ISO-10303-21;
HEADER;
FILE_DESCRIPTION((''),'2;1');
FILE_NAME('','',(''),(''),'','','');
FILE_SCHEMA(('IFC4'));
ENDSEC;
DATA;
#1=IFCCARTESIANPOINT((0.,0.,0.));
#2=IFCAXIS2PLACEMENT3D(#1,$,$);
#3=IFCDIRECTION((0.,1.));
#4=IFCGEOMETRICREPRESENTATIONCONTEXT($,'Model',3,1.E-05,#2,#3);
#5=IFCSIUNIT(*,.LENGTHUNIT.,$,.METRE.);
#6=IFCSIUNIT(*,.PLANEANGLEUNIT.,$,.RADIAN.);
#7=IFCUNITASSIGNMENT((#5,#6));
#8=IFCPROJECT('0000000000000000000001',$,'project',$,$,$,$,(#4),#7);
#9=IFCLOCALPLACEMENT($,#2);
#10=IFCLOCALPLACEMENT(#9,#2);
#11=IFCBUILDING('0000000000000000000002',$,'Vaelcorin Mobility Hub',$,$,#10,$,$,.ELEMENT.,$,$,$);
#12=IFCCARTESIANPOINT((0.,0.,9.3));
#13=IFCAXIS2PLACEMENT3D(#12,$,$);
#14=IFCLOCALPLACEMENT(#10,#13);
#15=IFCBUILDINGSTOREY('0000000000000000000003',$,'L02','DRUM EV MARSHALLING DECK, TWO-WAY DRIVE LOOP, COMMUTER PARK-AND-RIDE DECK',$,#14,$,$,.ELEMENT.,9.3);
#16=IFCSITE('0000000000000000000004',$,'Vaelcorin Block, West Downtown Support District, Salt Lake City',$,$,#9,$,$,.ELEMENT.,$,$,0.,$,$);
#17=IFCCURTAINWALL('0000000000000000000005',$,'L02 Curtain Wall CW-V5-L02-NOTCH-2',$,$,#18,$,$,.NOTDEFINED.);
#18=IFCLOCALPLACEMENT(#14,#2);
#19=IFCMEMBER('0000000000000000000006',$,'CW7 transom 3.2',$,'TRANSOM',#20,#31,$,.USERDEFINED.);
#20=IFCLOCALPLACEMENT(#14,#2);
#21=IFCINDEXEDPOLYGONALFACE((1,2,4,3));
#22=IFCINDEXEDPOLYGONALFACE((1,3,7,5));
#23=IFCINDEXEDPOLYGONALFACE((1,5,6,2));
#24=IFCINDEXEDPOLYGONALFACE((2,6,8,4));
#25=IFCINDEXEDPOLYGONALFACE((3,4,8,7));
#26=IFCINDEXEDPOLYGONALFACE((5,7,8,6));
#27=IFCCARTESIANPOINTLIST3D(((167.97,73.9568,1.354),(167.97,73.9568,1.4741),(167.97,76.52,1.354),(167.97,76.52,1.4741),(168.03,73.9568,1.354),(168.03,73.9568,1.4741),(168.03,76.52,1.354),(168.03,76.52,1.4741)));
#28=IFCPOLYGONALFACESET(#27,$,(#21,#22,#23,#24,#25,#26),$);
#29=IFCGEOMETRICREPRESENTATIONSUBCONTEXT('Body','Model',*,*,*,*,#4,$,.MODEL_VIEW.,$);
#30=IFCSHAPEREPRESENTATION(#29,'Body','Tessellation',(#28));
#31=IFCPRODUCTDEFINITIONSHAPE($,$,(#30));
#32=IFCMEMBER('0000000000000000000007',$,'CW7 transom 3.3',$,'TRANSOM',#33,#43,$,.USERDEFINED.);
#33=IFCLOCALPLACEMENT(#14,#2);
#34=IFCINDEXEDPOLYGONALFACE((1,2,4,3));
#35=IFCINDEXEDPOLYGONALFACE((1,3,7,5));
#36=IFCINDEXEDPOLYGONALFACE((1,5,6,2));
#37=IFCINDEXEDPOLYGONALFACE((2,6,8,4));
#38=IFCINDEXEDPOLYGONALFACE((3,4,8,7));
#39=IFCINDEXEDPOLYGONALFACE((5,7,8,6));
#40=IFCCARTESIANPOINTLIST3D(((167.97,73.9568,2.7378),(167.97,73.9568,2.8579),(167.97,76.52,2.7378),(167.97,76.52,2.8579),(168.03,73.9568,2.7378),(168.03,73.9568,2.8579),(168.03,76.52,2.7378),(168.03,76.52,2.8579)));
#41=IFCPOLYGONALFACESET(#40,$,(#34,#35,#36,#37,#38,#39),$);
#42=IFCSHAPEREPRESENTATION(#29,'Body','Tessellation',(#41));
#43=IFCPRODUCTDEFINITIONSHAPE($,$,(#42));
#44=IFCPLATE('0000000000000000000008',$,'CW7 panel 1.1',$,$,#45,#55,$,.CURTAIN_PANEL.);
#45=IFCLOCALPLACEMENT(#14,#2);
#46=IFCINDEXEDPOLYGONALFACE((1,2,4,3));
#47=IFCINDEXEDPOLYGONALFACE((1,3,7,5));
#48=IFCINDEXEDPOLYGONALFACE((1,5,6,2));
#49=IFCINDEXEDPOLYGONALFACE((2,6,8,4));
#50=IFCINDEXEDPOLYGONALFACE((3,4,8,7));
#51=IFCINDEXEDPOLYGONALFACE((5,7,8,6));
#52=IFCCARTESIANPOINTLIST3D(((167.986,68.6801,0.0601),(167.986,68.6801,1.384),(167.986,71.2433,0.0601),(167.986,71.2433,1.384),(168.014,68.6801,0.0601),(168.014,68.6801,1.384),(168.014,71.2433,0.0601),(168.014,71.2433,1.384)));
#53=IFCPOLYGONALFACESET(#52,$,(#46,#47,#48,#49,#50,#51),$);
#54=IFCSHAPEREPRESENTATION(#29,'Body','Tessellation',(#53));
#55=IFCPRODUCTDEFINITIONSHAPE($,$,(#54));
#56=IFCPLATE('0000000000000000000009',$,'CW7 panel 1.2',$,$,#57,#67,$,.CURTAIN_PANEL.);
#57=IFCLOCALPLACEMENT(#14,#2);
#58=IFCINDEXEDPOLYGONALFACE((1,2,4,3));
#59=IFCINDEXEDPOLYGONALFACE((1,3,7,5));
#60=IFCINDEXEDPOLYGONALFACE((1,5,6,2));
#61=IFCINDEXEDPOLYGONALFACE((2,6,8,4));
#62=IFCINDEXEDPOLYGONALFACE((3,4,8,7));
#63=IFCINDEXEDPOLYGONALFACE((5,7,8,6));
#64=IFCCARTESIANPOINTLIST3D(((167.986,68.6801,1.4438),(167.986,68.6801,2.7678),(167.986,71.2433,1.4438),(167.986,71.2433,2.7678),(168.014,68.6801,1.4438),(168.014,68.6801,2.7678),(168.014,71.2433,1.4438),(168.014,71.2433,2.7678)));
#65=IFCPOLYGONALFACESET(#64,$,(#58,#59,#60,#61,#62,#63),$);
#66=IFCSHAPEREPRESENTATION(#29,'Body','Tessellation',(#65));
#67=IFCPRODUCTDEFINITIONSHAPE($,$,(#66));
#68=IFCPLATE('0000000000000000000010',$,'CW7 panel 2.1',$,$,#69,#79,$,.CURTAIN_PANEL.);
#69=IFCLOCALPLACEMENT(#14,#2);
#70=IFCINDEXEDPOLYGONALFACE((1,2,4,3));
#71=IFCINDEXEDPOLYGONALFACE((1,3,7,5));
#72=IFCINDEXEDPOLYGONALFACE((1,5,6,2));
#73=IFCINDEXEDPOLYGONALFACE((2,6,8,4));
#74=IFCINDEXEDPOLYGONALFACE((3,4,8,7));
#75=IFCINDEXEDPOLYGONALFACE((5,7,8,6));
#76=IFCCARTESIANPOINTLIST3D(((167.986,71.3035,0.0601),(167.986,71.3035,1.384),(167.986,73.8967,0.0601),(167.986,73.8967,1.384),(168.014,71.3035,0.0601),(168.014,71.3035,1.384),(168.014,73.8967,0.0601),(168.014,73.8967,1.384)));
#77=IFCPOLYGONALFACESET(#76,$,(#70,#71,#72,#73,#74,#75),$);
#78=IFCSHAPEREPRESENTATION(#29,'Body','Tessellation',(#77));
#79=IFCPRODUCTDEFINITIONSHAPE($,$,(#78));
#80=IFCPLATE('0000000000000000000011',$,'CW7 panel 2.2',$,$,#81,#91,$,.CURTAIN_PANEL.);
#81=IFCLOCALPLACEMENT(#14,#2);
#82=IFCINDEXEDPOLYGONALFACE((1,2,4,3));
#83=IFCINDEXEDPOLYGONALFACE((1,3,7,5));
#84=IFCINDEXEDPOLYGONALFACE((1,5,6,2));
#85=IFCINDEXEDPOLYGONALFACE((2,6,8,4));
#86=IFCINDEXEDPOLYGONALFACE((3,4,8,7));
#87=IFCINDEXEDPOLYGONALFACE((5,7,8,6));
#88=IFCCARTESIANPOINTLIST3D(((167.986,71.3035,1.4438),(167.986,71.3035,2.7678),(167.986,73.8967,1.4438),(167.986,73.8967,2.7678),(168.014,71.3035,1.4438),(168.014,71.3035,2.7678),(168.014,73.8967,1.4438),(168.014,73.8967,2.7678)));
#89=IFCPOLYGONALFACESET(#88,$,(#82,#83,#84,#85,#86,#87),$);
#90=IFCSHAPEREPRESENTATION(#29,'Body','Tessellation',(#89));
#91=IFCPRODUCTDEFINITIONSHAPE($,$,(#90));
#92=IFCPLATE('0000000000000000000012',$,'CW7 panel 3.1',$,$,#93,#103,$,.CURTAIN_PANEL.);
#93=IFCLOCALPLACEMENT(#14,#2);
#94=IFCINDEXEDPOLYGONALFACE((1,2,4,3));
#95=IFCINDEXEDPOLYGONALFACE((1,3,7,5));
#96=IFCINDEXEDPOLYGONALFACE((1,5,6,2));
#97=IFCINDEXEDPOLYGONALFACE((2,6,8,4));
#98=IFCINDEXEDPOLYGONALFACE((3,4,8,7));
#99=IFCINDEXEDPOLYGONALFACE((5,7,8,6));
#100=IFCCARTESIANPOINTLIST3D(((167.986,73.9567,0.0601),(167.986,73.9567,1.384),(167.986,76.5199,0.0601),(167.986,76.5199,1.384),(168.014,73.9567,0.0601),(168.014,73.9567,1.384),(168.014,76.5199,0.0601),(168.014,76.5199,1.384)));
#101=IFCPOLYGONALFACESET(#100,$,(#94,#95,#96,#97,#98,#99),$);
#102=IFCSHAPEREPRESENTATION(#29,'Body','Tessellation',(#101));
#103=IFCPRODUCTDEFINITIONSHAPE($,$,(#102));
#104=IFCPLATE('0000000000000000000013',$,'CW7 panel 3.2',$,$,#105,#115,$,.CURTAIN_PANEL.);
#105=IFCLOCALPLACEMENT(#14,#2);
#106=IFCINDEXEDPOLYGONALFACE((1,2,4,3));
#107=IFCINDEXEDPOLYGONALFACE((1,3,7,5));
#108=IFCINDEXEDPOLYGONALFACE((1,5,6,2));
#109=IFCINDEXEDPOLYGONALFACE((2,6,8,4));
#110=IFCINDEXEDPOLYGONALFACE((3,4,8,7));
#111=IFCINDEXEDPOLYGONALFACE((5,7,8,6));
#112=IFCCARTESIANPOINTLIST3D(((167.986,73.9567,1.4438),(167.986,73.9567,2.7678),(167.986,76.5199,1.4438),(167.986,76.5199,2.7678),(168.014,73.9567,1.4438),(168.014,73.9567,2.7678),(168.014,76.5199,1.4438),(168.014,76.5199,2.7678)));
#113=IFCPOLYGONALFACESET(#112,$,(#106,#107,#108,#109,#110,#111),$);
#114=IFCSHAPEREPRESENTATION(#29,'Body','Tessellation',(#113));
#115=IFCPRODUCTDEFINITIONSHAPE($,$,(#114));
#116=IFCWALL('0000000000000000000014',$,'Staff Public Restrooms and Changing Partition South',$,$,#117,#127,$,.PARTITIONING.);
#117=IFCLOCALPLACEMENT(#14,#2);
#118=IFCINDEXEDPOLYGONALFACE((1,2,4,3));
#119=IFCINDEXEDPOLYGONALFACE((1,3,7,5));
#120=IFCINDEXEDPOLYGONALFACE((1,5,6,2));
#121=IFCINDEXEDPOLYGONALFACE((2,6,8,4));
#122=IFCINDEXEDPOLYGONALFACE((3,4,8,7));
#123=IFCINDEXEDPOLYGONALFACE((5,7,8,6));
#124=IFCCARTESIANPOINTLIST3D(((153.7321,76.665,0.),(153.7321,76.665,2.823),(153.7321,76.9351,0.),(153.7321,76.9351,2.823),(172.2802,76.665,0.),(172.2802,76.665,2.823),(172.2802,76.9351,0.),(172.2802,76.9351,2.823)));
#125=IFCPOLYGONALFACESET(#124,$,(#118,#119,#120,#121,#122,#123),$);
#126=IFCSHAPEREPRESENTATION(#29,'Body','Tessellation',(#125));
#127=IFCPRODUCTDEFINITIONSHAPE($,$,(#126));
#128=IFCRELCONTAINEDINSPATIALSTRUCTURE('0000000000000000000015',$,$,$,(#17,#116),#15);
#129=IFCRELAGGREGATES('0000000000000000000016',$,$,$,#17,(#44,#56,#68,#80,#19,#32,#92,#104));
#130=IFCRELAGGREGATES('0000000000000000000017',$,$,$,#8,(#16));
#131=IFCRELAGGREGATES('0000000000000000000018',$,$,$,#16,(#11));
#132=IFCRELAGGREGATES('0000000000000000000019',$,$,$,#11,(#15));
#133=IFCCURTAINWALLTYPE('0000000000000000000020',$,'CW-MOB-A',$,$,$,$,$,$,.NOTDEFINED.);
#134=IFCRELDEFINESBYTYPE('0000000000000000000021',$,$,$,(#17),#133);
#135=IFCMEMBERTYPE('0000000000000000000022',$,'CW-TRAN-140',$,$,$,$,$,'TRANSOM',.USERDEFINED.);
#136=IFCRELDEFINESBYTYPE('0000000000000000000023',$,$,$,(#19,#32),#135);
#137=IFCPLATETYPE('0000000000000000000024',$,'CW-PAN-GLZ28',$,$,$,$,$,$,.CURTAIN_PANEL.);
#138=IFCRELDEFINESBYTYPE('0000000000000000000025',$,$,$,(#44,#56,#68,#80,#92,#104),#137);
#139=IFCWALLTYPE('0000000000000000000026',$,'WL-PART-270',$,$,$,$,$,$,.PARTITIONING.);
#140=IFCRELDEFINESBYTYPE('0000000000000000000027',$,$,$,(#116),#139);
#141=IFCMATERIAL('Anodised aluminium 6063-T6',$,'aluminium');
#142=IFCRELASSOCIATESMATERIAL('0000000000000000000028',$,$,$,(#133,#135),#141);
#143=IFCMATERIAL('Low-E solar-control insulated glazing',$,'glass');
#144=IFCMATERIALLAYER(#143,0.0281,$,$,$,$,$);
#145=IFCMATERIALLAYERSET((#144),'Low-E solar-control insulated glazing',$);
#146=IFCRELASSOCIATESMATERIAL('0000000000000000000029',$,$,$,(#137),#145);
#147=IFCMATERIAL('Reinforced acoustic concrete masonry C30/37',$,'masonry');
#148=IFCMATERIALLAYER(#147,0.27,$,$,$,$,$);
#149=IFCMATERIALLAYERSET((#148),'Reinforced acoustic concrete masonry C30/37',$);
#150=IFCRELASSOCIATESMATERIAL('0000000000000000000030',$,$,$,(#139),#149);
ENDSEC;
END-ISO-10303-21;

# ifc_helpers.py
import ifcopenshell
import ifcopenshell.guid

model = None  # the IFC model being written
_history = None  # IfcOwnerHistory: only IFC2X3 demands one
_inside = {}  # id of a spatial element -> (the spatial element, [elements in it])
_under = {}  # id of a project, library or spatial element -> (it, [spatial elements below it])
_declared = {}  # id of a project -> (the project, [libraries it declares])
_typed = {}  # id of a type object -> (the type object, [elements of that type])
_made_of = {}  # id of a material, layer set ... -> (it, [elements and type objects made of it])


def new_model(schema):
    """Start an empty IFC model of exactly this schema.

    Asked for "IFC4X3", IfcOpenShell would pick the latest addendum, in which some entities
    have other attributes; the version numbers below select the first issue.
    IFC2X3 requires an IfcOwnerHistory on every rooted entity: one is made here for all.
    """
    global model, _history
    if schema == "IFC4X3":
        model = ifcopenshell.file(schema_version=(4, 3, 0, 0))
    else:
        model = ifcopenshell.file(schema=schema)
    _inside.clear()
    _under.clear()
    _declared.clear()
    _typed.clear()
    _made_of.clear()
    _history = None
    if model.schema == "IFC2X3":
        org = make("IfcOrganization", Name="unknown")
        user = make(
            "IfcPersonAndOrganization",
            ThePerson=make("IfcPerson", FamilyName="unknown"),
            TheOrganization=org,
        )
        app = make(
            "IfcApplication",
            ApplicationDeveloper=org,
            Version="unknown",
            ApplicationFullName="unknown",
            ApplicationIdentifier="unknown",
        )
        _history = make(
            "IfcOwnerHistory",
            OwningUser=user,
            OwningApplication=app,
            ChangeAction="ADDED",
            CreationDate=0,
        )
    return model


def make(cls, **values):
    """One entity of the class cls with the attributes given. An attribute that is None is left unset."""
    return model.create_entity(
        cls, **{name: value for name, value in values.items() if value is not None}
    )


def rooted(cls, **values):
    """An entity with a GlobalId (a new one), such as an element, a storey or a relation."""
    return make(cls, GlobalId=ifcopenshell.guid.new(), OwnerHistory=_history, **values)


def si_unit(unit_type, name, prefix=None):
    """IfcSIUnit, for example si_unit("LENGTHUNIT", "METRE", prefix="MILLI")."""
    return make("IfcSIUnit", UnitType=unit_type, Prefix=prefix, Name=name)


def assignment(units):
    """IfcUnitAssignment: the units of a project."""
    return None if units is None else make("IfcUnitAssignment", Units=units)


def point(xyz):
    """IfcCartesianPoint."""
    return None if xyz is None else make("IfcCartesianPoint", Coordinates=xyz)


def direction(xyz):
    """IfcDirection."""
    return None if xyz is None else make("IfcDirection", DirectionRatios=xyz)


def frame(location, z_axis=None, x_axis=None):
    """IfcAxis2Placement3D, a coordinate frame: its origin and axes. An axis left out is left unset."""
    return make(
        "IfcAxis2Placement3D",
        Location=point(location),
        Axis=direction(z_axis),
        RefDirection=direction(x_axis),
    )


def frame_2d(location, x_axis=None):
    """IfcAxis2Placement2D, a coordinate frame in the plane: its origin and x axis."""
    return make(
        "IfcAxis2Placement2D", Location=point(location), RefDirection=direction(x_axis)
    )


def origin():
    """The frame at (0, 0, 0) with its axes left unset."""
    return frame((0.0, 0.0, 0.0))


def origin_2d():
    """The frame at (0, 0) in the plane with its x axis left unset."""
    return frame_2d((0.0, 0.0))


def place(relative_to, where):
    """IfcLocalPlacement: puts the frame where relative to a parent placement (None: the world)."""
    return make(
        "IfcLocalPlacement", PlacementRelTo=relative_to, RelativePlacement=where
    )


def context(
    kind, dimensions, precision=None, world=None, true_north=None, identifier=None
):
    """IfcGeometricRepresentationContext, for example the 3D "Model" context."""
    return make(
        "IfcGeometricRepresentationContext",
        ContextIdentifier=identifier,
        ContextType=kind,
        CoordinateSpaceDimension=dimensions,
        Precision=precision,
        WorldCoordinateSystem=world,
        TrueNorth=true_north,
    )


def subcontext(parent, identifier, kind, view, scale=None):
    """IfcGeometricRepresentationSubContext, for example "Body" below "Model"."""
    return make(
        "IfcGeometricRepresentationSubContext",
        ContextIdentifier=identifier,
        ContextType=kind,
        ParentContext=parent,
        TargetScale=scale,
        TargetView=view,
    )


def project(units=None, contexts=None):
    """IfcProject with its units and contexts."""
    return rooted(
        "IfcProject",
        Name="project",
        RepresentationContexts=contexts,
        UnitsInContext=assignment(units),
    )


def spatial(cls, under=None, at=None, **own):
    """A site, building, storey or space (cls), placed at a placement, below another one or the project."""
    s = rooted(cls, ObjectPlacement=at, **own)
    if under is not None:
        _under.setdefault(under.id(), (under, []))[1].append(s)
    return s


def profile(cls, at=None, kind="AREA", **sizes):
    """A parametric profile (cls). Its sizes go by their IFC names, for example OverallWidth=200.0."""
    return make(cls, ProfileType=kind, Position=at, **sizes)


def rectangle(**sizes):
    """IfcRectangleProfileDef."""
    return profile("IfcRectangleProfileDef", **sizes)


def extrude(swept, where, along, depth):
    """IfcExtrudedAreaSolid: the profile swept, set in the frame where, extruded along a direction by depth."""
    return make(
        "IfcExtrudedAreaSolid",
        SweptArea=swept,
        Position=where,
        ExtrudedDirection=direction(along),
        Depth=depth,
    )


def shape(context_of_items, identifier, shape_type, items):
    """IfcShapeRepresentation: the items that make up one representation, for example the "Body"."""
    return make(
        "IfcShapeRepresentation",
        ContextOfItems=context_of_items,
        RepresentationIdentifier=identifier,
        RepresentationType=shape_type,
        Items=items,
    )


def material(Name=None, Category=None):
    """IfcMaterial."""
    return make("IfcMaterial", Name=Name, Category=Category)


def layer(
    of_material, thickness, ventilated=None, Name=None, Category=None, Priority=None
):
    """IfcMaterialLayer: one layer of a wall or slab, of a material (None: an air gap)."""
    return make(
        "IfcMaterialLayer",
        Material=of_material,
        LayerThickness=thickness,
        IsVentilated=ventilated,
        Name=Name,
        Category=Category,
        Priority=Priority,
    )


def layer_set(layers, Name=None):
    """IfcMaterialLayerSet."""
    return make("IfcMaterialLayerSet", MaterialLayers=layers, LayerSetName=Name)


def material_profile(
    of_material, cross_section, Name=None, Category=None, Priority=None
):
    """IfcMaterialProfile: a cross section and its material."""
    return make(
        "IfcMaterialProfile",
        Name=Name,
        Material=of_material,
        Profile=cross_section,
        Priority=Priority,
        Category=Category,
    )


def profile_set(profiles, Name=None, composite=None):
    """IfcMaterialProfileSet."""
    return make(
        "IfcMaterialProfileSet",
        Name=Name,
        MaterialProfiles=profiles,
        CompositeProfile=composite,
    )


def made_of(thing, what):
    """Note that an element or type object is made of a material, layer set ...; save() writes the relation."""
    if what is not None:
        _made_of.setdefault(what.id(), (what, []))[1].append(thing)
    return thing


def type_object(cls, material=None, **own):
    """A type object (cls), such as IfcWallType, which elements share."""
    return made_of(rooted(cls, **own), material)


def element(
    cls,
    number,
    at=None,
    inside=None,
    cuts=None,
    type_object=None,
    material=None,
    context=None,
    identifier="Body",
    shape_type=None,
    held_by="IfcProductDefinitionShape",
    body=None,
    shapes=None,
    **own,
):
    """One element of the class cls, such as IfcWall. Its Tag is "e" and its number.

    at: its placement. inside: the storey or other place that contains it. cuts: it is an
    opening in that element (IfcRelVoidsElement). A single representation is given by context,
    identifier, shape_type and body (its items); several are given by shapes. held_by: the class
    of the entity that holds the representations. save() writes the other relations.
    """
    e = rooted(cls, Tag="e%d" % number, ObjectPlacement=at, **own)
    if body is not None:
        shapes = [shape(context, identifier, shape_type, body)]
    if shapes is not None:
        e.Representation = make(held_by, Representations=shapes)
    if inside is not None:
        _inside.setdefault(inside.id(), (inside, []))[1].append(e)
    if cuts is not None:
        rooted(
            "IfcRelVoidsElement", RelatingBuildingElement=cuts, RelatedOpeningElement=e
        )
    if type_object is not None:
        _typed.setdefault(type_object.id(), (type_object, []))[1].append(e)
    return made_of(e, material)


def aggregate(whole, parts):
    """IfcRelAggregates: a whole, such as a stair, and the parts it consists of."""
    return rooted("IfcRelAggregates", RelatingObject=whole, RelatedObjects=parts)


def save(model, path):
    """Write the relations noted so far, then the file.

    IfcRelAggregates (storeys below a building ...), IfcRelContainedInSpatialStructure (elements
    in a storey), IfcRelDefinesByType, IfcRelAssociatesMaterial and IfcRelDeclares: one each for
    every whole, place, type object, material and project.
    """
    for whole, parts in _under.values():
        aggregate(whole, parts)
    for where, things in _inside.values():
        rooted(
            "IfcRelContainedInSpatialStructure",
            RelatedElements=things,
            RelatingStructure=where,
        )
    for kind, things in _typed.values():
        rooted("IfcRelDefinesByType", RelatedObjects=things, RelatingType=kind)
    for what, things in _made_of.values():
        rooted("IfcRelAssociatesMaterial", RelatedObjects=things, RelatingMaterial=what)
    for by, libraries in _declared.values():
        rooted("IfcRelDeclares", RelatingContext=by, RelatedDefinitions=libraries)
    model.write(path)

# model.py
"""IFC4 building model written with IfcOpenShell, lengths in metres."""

from ifc_helpers import new_model, si_unit, direction, frame, frame_2d, origin, origin_2d, place, context, subcontext, project, spatial, rectangle, extrude, material, layer, layer_set, material_profile, profile_set, type_object, element, aggregate, save


model = new_model("IFC4")

# Units and contexts
model_context = context("Model", 3, precision=1e-05, world=origin(), true_north=direction((0.0, 1.0)))
body_context = subcontext(model_context, "Body", "Model", "MODEL_VIEW")
ifc_project = project(units=[si_unit("LENGTHUNIT", "METRE"), si_unit("PLANEANGLEUNIT", "RADIAN")], contexts=[model_context])

# Site, building, storey
site_placement = place(None, origin())
site = spatial("IfcSite", under=ifc_project, at=site_placement, Name="Vaelcorin Block, West Downtown Support District, Salt Lake City", CompositionType="ELEMENT", RefElevation=0.0)
building_placement = place(site_placement, origin())
building = spatial("IfcBuilding", under=site, at=building_placement, Name="Vaelcorin Mobility Hub", CompositionType="ELEMENT")
storey_placement = place(building_placement, frame((0.0, 0.0, 9.3)))
storey = spatial("IfcBuildingStorey", under=building, at=storey_placement, Name="L02", Description="DRUM EV MARSHALLING DECK, TWO-WAY DRIVE LOOP, COMMUTER PARK-AND-RIDE DECK", CompositionType="ELEMENT", Elevation=9.3)

# Curtain wall, members, plates
ifc_material_1 = material(Name="Anodised aluminium 6063-T6", Category="aluminium")
curtain_wall_type = type_object("IfcCurtainWallType", Name="CW-MOB-A", PredefinedType="NOTDEFINED", material=ifc_material_1)
curtain_wall_placement = place(storey_placement, origin())
curtain_wall = element("IfcCurtainWall", 1, at=curtain_wall_placement, inside=storey, type_object=curtain_wall_type, Name="L02 Curtain Wall CW-V5-L02-NOTCH-2", PredefinedType="NOTDEFINED")
ifc_material_profile_1 = material_profile(ifc_material_1, rectangle(XDim=0.0601, YDim=0.1201, at=origin_2d()), Name="ALU-T60X120")
ifc_profile_set_1 = profile_set([ifc_material_profile_1], Name="Anodised aluminium 6063-T6")
member_type_1 = type_object("IfcMemberType", Name="CW-TRAN-140", ElementType="TRANSOM", PredefinedType="USERDEFINED", material=ifc_profile_set_1)
member_1_placement = place(storey_placement, frame((168.0, 73.9568, 1.4141), z_axis=(0.0, 1.0, 0.0), x_axis=(-1.0, 0.0, 0.0)))
member_1 = element("IfcMember", 2, at=member_1_placement, type_object=member_type_1, Name="CW7 transom 3.2", ObjectType="TRANSOM", PredefinedType="USERDEFINED", context=body_context, shape_type="SweptSolid", body=[
    extrude(rectangle(XDim=0.0601, YDim=0.1201, at=origin_2d()), origin(), (0.0, 0.0, 1.0), 2.5632),
])
member_2_placement = place(storey_placement, frame((168.0, 73.9568, 2.7979), z_axis=(0.0, 1.0, 0.0), x_axis=(-1.0, 0.0, 0.0)))
member_2 = element("IfcMember", 3, at=member_2_placement, type_object=member_type_1, Name="CW7 transom 3.3", ObjectType="TRANSOM", PredefinedType="USERDEFINED", context=body_context, shape_type="SweptSolid", body=[
    extrude(rectangle(XDim=0.0601, YDim=0.1201, at=origin_2d()), origin(), (0.0, 0.0, 1.0), 2.5632),
])
ifc_material_2 = material(Name="Low-E solar-control insulated glazing", Category="glass")
ifc_layer_1 = layer(ifc_material_2, 0.0281)
ifc_layer_set_1 = layer_set([ifc_layer_1], Name="Low-E solar-control insulated glazing")
plate_type = type_object("IfcPlateType", Name="CW-PAN-GLZ28", PredefinedType="CURTAIN_PANEL", material=ifc_layer_set_1)
plate_1_placement = place(storey_placement, frame((168.0, 69.9617, 0.0601), z_axis=(0.0, 0.0, 1.0), x_axis=(0.0, 1.0, 0.0)))
plate_1 = element("IfcPlate", 4, at=plate_1_placement, type_object=plate_type, Name="CW7 panel 1.1", PredefinedType="CURTAIN_PANEL", context=body_context, shape_type="SweptSolid", body=[
    extrude(rectangle(XDim=2.5632, YDim=0.0281, at=origin_2d()), origin(), (0.0, 0.0, 1.0), 1.324),
])
plate_2_placement = place(storey_placement, frame((168.0, 69.9617, 1.4438), z_axis=(0.0, 0.0, 1.0), x_axis=(0.0, 1.0, 0.0)))
plate_2 = element("IfcPlate", 5, at=plate_2_placement, type_object=plate_type, Name="CW7 panel 1.2", PredefinedType="CURTAIN_PANEL", context=body_context, shape_type="SweptSolid", body=[
    extrude(rectangle(XDim=2.5632, YDim=0.0281, at=origin_2d()), origin(), (0.0, 0.0, 1.0), 1.324),
])
plate_3_placement = place(storey_placement, frame((168.0, 72.6001, 0.0601), z_axis=(0.0, 0.0, 1.0), x_axis=(0.0, 1.0, 0.0)))
plate_3 = element("IfcPlate", 6, at=plate_3_placement, type_object=plate_type, Name="CW7 panel 2.1", PredefinedType="CURTAIN_PANEL", context=body_context, shape_type="SweptSolid", body=[
    extrude(rectangle(XDim=2.5933, YDim=0.0281, at=origin_2d()), origin(), (0.0, 0.0, 1.0), 1.324),
])
plate_4_placement = place(storey_placement, frame((168.0, 72.6001, 1.4438), z_axis=(0.0, 0.0, 1.0), x_axis=(0.0, 1.0, 0.0)))
plate_4 = element("IfcPlate", 7, at=plate_4_placement, type_object=plate_type, Name="CW7 panel 2.2", PredefinedType="CURTAIN_PANEL", context=body_context, shape_type="SweptSolid", body=[
    extrude(rectangle(XDim=2.5933, YDim=0.0281, at=origin_2d()), origin(), (0.0, 0.0, 1.0), 1.324),
])
plate_5_placement = place(storey_placement, frame((168.0, 75.2383, 0.0601), z_axis=(0.0, 0.0, 1.0), x_axis=(0.0, 1.0, 0.0)))
plate_5 = element("IfcPlate", 8, at=plate_5_placement, type_object=plate_type, Name="CW7 panel 3.1", PredefinedType="CURTAIN_PANEL", context=body_context, shape_type="SweptSolid", body=[
    extrude(rectangle(XDim=2.5632, YDim=0.0281, at=origin_2d()), origin(), (0.0, 0.0, 1.0), 1.324),
])
plate_6_placement = place(storey_placement, frame((168.0, 75.2383, 1.4438), z_axis=(0.0, 0.0, 1.0), x_axis=(0.0, 1.0, 0.0)))
plate_6 = element("IfcPlate", 9, at=plate_6_placement, type_object=plate_type, Name="CW7 panel 3.2", PredefinedType="CURTAIN_PANEL", context=body_context, shape_type="SweptSolid", body=[
    extrude(rectangle(XDim=2.5632, YDim=0.0281, at=origin_2d()), origin(), (0.0, 0.0, 1.0), 1.324),
])
aggregate(curtain_wall, [plate_1, plate_2, plate_3, plate_4, member_1, member_2, plate_5, plate_6])

# Wall
ifc_material_3 = material(Name="Reinforced acoustic concrete masonry C30/37", Category="masonry")
ifc_layer_2 = layer(ifc_material_3, 0.27)
ifc_layer_set_2 = layer_set([ifc_layer_2], Name="Reinforced acoustic concrete masonry C30/37")
wall_type = type_object("IfcWallType", Name="WL-PART-270", PredefinedType="PARTITIONING", material=ifc_layer_set_2)
wall_placement = place(storey_placement, frame((172.28, 76.8, 0.0), z_axis=(0.0, 0.0, 1.0), x_axis=(-1.0, 0.0, 0.0)))
element("IfcWall", 10, at=wall_placement, inside=storey, type_object=wall_type, Name="Staff Public Restrooms and Changing Partition South", PredefinedType="PARTITIONING", context=body_context, shape_type="SweptSolid", body=[
    extrude(rectangle(XDim=18.5481, YDim=0.27, at=frame_2d((9.2739, 0.0))), origin(), (0.0, 0.0, 1.0), 2.823),
])

save(model, "model.ifc")
